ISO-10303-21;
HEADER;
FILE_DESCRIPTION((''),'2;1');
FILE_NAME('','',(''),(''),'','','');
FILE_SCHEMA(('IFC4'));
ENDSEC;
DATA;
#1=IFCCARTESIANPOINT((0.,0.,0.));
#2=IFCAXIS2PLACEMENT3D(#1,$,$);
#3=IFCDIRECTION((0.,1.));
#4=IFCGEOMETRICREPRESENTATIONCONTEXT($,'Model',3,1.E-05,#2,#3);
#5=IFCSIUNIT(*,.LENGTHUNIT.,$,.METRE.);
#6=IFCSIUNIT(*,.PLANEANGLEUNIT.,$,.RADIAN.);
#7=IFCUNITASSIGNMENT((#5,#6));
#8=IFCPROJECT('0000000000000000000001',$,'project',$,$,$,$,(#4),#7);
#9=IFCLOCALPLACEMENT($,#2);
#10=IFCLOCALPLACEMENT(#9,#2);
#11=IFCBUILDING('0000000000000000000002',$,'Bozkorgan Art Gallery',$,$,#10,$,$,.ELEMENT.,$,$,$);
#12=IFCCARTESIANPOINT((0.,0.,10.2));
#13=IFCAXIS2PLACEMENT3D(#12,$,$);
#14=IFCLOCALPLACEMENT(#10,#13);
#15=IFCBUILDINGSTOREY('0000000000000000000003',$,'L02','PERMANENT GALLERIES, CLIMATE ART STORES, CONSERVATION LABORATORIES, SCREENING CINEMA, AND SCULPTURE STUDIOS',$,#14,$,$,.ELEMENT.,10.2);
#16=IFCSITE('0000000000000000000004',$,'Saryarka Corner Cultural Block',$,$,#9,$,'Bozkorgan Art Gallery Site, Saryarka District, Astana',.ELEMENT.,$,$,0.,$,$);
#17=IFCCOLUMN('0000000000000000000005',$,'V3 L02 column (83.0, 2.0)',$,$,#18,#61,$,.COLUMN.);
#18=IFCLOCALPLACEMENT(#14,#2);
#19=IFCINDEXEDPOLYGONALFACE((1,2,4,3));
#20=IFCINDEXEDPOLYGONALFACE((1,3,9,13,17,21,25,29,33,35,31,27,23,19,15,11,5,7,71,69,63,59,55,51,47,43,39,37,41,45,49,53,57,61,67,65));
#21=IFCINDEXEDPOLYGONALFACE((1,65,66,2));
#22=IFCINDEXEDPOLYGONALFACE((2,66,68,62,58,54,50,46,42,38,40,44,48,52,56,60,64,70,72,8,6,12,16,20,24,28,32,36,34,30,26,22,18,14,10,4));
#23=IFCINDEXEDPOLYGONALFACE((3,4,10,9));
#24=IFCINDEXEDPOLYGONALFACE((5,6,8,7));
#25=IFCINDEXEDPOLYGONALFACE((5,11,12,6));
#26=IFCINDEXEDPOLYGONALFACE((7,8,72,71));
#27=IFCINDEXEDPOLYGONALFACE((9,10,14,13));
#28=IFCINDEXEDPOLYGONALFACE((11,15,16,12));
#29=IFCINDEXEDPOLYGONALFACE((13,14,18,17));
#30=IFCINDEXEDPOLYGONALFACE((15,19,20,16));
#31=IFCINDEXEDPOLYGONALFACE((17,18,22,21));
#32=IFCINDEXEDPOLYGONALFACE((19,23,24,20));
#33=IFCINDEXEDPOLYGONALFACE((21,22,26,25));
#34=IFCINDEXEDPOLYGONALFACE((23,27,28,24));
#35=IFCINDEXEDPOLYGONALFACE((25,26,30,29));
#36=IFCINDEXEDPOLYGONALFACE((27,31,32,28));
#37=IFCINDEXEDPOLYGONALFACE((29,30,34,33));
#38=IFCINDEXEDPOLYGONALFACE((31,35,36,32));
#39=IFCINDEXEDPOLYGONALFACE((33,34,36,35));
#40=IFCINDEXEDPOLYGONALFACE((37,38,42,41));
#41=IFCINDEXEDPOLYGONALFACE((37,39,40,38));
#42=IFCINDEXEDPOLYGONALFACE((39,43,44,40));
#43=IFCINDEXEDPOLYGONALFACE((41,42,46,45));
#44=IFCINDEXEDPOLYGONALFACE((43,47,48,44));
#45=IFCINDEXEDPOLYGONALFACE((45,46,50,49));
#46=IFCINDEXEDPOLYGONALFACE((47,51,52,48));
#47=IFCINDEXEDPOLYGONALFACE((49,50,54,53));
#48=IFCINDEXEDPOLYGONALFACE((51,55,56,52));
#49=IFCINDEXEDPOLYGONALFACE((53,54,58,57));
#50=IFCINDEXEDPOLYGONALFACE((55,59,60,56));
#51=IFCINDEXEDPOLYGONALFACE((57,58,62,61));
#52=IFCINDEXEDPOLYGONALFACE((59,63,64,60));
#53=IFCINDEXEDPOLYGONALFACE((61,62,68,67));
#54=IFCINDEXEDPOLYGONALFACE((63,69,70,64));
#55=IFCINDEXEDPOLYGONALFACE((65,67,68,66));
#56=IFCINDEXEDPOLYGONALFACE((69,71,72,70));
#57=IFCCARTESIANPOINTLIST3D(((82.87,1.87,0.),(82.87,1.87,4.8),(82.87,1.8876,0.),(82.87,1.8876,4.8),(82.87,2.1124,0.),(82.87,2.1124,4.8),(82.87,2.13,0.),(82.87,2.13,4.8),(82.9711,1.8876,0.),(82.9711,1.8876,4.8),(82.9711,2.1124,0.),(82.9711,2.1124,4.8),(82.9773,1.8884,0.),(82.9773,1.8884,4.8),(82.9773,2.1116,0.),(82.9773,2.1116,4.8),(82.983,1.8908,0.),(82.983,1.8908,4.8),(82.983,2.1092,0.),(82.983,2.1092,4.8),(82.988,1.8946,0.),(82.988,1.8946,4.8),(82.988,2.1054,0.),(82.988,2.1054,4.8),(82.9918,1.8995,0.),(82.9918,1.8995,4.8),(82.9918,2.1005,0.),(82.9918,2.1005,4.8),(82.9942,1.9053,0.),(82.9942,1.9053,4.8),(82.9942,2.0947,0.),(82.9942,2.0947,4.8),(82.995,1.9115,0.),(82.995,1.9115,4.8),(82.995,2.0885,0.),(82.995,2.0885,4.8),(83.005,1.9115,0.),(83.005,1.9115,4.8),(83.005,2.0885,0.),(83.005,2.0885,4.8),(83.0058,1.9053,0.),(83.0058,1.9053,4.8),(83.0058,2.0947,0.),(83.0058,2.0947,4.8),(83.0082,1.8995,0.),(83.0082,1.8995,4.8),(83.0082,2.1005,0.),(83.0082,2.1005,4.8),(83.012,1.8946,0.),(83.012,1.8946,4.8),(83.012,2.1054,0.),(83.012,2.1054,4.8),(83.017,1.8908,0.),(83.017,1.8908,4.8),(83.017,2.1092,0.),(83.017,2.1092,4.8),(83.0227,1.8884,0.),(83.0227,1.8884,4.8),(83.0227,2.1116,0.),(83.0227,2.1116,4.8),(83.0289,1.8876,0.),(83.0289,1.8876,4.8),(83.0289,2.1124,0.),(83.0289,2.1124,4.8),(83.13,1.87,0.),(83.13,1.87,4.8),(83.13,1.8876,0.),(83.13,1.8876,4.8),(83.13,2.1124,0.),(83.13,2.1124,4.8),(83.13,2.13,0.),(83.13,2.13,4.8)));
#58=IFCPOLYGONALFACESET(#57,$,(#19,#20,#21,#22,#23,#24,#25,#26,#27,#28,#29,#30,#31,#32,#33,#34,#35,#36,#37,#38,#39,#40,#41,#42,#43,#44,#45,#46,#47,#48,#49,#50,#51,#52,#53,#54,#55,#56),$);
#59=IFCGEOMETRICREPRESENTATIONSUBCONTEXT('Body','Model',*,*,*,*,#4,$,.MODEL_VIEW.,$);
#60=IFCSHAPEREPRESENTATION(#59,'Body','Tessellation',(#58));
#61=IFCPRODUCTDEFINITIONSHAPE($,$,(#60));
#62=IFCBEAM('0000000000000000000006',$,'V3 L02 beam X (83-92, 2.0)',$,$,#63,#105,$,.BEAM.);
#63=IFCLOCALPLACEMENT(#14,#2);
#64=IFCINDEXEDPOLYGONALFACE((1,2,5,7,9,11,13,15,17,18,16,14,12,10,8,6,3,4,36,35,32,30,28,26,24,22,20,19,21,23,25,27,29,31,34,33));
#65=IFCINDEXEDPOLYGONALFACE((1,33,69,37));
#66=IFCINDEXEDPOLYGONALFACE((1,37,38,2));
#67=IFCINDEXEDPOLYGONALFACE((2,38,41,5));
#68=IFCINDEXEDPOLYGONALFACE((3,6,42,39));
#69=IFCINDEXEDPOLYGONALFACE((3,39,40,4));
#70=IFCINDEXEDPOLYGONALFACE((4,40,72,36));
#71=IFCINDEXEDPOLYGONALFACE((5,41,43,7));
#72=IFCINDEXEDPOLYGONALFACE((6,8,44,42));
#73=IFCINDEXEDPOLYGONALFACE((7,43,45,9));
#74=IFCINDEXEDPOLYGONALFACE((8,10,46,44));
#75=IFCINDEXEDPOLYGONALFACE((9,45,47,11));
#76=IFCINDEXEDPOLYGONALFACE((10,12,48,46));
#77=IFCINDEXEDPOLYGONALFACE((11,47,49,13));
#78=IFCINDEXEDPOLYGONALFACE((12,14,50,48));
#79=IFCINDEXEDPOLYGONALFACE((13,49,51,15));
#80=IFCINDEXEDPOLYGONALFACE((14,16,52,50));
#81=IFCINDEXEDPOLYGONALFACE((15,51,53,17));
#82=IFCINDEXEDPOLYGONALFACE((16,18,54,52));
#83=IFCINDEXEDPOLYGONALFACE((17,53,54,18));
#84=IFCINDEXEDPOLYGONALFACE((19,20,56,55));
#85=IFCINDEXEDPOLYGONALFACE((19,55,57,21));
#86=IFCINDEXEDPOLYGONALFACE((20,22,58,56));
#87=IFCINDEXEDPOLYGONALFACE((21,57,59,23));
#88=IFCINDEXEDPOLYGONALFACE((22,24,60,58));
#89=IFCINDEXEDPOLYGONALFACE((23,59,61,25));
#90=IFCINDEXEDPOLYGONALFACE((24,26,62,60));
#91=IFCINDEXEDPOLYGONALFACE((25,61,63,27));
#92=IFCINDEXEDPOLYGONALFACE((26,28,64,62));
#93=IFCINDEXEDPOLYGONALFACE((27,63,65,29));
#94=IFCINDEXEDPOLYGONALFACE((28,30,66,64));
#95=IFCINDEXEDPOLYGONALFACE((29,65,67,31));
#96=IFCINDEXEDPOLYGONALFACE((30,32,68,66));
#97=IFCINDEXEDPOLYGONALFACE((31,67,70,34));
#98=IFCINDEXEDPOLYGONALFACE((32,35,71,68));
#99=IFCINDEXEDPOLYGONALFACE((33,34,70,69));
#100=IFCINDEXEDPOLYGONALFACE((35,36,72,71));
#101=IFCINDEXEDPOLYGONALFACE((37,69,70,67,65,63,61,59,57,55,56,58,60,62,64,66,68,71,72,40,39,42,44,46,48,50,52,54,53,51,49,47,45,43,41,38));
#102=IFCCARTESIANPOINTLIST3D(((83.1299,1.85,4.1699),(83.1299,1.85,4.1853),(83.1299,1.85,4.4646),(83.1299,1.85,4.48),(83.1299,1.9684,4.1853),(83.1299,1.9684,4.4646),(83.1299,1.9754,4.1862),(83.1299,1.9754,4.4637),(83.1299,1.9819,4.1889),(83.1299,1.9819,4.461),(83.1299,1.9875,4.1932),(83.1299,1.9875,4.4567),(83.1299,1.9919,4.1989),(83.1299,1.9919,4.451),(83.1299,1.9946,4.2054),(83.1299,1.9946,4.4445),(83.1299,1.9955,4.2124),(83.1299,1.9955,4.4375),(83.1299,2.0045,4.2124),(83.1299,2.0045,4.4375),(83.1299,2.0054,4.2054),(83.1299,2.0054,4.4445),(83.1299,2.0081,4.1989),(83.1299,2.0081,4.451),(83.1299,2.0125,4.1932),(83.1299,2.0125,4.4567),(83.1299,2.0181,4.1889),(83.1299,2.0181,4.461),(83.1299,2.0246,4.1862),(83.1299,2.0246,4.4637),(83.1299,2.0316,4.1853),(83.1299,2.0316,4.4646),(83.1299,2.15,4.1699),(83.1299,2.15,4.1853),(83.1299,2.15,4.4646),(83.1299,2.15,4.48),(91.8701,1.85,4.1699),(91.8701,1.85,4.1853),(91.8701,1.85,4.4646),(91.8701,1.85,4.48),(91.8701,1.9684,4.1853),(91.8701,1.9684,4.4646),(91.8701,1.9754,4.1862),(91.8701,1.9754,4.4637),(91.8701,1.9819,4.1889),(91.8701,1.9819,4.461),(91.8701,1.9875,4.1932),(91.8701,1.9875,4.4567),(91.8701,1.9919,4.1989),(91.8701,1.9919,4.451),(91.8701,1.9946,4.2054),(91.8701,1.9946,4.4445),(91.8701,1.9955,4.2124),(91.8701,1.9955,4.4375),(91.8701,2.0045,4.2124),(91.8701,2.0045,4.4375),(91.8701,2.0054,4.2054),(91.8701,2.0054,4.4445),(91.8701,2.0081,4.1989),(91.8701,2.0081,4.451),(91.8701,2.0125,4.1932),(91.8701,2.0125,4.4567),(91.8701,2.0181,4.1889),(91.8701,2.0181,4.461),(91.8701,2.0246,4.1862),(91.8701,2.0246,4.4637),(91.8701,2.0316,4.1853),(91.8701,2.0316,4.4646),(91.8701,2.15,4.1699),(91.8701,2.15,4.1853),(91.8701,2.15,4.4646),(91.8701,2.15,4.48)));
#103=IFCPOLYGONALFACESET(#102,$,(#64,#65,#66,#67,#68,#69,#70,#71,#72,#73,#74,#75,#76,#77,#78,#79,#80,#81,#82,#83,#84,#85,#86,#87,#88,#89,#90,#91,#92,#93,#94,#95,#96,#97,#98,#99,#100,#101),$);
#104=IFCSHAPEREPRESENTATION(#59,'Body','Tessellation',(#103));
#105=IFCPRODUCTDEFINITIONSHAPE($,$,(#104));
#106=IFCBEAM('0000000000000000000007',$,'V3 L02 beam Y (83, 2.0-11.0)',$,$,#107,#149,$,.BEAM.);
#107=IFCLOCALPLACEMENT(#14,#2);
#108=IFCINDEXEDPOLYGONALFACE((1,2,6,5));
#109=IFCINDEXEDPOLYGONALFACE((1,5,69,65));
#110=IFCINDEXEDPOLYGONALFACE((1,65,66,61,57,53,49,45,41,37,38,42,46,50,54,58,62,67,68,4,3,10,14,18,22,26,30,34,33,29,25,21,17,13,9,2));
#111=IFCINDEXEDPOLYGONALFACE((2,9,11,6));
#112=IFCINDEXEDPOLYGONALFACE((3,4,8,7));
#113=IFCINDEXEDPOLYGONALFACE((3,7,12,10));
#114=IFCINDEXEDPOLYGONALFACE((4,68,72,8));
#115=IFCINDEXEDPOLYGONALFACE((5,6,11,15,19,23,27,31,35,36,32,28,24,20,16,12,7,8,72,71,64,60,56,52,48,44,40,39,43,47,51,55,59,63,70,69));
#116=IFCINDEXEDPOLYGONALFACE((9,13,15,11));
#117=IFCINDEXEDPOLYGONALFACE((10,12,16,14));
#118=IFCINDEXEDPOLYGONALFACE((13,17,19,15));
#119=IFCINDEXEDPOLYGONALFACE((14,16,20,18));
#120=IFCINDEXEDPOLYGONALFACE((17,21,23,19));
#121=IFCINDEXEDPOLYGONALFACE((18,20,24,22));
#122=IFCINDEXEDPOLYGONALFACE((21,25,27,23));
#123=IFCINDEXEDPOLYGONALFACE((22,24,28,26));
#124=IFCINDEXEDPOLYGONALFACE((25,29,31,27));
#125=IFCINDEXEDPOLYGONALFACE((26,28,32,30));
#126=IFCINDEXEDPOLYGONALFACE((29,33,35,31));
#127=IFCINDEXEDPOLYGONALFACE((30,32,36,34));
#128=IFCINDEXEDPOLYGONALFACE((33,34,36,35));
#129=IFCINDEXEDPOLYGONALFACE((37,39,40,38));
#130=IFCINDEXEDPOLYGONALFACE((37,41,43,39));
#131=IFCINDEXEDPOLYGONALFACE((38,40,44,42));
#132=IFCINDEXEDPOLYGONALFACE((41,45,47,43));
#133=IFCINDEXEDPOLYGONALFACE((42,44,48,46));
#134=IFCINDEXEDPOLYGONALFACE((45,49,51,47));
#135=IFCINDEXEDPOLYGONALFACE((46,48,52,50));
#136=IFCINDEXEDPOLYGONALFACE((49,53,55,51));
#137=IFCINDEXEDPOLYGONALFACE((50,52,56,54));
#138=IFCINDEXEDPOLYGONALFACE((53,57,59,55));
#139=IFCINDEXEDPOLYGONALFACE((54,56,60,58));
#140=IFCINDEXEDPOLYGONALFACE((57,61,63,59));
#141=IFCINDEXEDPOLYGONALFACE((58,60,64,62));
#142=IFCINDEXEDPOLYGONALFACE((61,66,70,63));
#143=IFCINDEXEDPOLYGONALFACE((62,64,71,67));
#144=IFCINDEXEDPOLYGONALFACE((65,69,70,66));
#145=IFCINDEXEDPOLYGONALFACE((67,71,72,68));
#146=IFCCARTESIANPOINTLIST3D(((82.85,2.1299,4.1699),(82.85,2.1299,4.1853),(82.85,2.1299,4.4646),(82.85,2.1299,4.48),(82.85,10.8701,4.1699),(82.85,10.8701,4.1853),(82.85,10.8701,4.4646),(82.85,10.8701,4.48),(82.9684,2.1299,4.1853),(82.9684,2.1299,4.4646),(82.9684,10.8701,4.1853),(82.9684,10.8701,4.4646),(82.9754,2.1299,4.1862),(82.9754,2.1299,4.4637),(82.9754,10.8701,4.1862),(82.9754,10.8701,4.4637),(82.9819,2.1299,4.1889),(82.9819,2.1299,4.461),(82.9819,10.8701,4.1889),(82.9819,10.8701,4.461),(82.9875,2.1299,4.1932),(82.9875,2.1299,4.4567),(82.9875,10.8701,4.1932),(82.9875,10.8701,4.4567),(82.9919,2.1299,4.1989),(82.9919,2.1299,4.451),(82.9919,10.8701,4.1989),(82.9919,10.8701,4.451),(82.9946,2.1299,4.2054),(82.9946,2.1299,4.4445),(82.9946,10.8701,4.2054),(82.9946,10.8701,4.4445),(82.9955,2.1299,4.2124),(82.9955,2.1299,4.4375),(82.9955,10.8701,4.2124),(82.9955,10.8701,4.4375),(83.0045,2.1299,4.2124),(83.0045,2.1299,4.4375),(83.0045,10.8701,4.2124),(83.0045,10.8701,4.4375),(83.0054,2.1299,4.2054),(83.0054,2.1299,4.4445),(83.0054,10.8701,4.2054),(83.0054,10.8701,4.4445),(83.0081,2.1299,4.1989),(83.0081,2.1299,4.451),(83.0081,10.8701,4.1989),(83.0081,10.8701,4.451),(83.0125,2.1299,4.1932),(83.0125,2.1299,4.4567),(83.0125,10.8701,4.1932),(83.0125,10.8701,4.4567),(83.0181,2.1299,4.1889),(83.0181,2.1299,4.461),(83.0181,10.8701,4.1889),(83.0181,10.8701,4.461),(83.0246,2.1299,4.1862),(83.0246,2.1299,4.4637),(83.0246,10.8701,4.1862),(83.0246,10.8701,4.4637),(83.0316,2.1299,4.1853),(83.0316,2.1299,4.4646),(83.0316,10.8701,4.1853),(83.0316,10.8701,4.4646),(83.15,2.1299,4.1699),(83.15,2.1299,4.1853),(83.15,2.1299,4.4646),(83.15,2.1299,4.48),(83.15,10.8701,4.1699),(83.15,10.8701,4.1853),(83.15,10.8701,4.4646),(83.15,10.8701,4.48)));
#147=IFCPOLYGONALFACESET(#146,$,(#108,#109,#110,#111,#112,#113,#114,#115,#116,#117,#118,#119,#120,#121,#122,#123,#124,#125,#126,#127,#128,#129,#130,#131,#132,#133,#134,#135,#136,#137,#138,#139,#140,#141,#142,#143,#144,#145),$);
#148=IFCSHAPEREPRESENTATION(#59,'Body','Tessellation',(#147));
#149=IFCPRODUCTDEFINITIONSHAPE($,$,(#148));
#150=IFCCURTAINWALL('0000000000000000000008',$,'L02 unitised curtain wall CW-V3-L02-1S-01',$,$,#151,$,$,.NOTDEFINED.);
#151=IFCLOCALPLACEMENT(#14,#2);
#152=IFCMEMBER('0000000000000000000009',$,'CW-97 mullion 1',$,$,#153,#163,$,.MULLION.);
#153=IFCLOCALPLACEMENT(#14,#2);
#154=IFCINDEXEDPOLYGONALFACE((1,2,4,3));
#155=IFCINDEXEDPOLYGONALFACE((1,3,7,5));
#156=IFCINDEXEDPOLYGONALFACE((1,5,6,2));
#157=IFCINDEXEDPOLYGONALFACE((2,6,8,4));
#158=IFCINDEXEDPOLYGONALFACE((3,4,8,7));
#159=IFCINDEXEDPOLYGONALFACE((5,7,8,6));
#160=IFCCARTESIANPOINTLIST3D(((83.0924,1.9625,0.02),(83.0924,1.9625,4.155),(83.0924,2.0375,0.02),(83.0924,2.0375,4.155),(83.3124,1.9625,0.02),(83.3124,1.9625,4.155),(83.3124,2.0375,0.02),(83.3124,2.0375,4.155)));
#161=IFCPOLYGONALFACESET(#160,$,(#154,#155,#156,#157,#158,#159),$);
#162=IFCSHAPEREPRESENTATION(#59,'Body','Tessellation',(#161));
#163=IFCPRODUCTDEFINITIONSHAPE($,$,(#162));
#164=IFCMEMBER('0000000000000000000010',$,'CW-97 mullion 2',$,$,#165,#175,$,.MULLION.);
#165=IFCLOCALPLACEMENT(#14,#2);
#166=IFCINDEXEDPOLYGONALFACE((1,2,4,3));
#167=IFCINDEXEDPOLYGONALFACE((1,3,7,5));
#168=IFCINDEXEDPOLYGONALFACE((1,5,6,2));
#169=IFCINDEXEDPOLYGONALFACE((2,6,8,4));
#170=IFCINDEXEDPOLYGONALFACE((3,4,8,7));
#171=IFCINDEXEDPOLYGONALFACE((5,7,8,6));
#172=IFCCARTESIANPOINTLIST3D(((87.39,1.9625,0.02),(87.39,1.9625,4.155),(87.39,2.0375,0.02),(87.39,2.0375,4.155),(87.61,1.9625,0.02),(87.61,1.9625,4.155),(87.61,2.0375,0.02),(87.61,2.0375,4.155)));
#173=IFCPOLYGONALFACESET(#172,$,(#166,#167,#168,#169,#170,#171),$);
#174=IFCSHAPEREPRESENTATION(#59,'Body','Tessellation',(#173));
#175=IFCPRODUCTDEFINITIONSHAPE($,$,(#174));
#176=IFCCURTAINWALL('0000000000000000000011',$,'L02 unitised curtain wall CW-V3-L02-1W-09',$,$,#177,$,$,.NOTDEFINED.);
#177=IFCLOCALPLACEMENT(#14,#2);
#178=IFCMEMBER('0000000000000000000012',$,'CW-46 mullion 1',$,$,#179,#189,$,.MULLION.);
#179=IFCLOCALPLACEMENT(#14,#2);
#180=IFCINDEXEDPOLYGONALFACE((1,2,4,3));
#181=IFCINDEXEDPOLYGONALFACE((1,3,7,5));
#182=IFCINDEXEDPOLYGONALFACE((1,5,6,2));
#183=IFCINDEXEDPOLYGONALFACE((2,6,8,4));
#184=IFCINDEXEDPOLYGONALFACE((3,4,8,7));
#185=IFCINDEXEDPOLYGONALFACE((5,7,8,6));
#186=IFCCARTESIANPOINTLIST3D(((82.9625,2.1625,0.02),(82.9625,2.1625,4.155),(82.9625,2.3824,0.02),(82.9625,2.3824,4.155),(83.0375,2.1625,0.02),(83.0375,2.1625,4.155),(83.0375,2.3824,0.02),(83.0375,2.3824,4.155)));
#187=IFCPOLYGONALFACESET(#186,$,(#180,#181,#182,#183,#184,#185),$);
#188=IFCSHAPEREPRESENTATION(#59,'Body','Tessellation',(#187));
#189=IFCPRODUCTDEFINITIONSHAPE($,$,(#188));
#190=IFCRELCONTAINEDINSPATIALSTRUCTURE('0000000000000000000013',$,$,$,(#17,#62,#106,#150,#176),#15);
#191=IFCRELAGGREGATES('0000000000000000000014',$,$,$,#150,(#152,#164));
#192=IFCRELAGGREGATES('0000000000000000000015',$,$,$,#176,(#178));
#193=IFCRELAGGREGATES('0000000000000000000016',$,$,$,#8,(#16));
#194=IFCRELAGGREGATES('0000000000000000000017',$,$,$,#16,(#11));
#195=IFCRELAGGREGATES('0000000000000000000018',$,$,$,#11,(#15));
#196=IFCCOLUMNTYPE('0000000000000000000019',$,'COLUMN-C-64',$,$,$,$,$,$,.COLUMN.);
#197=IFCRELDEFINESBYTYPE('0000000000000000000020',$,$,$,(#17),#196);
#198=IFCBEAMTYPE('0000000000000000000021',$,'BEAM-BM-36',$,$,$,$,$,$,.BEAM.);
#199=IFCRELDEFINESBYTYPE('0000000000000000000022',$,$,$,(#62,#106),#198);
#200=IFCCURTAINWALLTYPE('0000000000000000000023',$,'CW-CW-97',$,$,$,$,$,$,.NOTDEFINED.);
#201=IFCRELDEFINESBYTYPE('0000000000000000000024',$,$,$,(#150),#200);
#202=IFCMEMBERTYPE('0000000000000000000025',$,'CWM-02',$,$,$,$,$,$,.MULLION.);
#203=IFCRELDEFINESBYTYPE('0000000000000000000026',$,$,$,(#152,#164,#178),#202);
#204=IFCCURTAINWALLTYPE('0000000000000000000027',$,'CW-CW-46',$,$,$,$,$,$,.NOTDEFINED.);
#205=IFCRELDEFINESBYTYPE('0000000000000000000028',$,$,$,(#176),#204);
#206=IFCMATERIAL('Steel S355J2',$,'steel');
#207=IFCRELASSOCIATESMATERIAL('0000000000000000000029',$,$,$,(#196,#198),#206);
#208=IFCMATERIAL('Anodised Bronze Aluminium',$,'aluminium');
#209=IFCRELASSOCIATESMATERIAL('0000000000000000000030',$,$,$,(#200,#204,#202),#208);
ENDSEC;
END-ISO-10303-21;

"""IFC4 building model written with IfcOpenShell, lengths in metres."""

from ifc_helpers import new_model, si_unit, direction, frame, origin, origin_2d, place, context, subcontext, project, spatial, rectangle, i_section, extrude, material, material_profile, profile_set, type_object, element, aggregate, save


model = new_model("IFC4")

# Units and contexts
model_context = context("Model", 3, precision=1e-05, world=origin(), true_north=direction((0.0, 1.0)))
body_context = subcontext(model_context, "Body", "Model", "MODEL_VIEW")
ifc_project = project(units=[si_unit("LENGTHUNIT", "METRE"), si_unit("PLANEANGLEUNIT", "RADIAN")], contexts=[model_context])

# Site, building, storey
site_placement = place(None, origin())
site = spatial("IfcSite", under=ifc_project, at=site_placement, Name="Saryarka Corner Cultural Block", LongName="Bozkorgan Art Gallery Site, Saryarka District, Astana", CompositionType="ELEMENT", RefElevation=0.0)
building_placement = place(site_placement, origin())
building = spatial("IfcBuilding", under=site, at=building_placement, Name="Bozkorgan Art Gallery", CompositionType="ELEMENT")
storey_placement = place(building_placement, frame((0.0, 0.0, 10.2)))
storey = spatial("IfcBuildingStorey", under=building, at=storey_placement, Name="L02", Description="PERMANENT GALLERIES, CLIMATE ART STORES, CONSERVATION LABORATORIES, SCREENING CINEMA, AND SCULPTURE STUDIOS", CompositionType="ELEMENT", Elevation=10.2)

# Column
ifc_material_1 = material(Name="Steel S355J2", Category="steel")
ifc_material_profile_1 = material_profile(ifc_material_1, i_section(OverallWidth=0.26, OverallDepth=0.26, WebThickness=0.01, FlangeThickness=0.0176, FilletRadius=0.0239, at=origin_2d()), Name="HEB 260")
ifc_profile_set_1 = profile_set([ifc_material_profile_1], Name="Steel S355J2")
column_type = type_object("IfcColumnType", Name="COLUMN-C-64", PredefinedType="COLUMN", material=ifc_profile_set_1)
column_placement = place(storey_placement, frame((83.0, 2.0, 0.0), z_axis=(0.0, 0.0, 1.0), x_axis=(1.0, 0.0, 0.0)))
element("IfcColumn", 1, at=column_placement, inside=storey, type_object=column_type, Name="V3 L02 column (83.0, 2.0)", PredefinedType="COLUMN", context=body_context, shape_type="SweptSolid", body=[
    extrude(i_section(OverallWidth=0.26, OverallDepth=0.26, WebThickness=0.01, FlangeThickness=0.0176, FilletRadius=0.0239, at=origin_2d()), origin(), (0.0, 0.0, 1.0), 4.8),
])

# Beams
ifc_material_profile_2 = material_profile(ifc_material_1, i_section(OverallWidth=0.3, OverallDepth=0.3101, WebThickness=0.009, FlangeThickness=0.0154, FilletRadius=0.0271, at=origin_2d()), Name="HEA 320")
ifc_profile_set_2 = profile_set([ifc_material_profile_2], Name="Steel S355J2")
beam_type = type_object("IfcBeamType", Name="BEAM-BM-36", PredefinedType="BEAM", material=ifc_profile_set_2)
for number, where, z_axis, x_axis, name in (
    (2, (83.1299, 2.0, 4.325), (1.0, 0.0, 0.0), (0.0, 1.0, 0.0), "V3 L02 beam X (83-92, 2.0)"),
    (3, (83.0, 2.1299, 4.325), (0.0, 1.0, 0.0), (-1.0, 0.0, 0.0), "V3 L02 beam Y (83, 2.0-11.0)"),
):
    element("IfcBeam", number, at=place(storey_placement, frame(where, z_axis=z_axis, x_axis=x_axis)), inside=storey, type_object=beam_type, Name=name, PredefinedType="BEAM", context=body_context, shape_type="SweptSolid", body=[
        extrude(i_section(OverallWidth=0.3, OverallDepth=0.3101, WebThickness=0.009, FlangeThickness=0.0154, FilletRadius=0.0271, at=origin_2d()), origin(), (0.0, 0.0, 1.0), 8.7402),
    ])

# Curtain wall, members
ifc_material_2 = material(Name="Anodised Bronze Aluminium", Category="aluminium")
curtain_wall_type_1 = type_object("IfcCurtainWallType", Name="CW-CW-97", PredefinedType="NOTDEFINED", material=ifc_material_2)
curtain_wall_1_placement = place(storey_placement, origin())
curtain_wall_1 = element("IfcCurtainWall", 4, at=curtain_wall_1_placement, inside=storey, type_object=curtain_wall_type_1, Name="L02 unitised curtain wall CW-V3-L02-1S-01", PredefinedType="NOTDEFINED")
ifc_material_profile_3 = material_profile(ifc_material_2, rectangle(XDim=0.075, YDim=0.22, at=origin_2d()), Name="ALU MULLION 75x220")
ifc_profile_set_3 = profile_set([ifc_material_profile_3], Name="Anodised Bronze Aluminium")
member_type_1 = type_object("IfcMemberType", Name="CWM-02", PredefinedType="MULLION", material=ifc_profile_set_3)
member_1_placement = place(storey_placement, frame((83.2024, 2.0, 0.02), z_axis=(0.0, 0.0, 1.0), x_axis=(0.0, 1.0, 0.0)))
member_1 = element("IfcMember", 5, at=member_1_placement, type_object=member_type_1, Name="CW-97 mullion 1", PredefinedType="MULLION", context=body_context, shape_type="SweptSolid", body=[
    extrude(rectangle(XDim=0.075, YDim=0.22, at=origin_2d()), origin(), (0.0, 0.0, 1.0), 4.135),
])
member_2_placement = place(storey_placement, frame((87.5, 2.0, 0.02), z_axis=(0.0, 0.0, 1.0), x_axis=(0.0, 1.0, 0.0)))
member_2 = element("IfcMember", 6, at=member_2_placement, type_object=member_type_1, Name="CW-97 mullion 2", PredefinedType="MULLION", context=body_context, shape_type="SweptSolid", body=[
    extrude(rectangle(XDim=0.075, YDim=0.22, at=origin_2d()), origin(), (0.0, 0.0, 1.0), 4.135),
])

# Curtain wall, member
curtain_wall_type_2 = type_object("IfcCurtainWallType", Name="CW-CW-46", PredefinedType="NOTDEFINED", material=ifc_material_2)
curtain_wall_2_placement = place(storey_placement, origin())
curtain_wall_2 = element("IfcCurtainWall", 7, at=curtain_wall_2_placement, inside=storey, type_object=curtain_wall_type_2, Name="L02 unitised curtain wall CW-V3-L02-1W-09", PredefinedType="NOTDEFINED")
member_3_placement = place(storey_placement, frame((83.0, 2.2725, 0.02), z_axis=(0.0, 0.0, 1.0), x_axis=(-1.0, 0.0, 0.0)))
member_3 = element("IfcMember", 8, at=member_3_placement, type_object=member_type_1, Name="CW-46 mullion 1", PredefinedType="MULLION", context=body_context, shape_type="SweptSolid", body=[
    extrude(rectangle(XDim=0.075, YDim=0.22, at=origin_2d()), origin(), (0.0, 0.0, 1.0), 4.135),
])

aggregate(curtain_wall_1, [member_1, member_2])
aggregate(curtain_wall_2, [member_3])

save(model, "model.ifc")
